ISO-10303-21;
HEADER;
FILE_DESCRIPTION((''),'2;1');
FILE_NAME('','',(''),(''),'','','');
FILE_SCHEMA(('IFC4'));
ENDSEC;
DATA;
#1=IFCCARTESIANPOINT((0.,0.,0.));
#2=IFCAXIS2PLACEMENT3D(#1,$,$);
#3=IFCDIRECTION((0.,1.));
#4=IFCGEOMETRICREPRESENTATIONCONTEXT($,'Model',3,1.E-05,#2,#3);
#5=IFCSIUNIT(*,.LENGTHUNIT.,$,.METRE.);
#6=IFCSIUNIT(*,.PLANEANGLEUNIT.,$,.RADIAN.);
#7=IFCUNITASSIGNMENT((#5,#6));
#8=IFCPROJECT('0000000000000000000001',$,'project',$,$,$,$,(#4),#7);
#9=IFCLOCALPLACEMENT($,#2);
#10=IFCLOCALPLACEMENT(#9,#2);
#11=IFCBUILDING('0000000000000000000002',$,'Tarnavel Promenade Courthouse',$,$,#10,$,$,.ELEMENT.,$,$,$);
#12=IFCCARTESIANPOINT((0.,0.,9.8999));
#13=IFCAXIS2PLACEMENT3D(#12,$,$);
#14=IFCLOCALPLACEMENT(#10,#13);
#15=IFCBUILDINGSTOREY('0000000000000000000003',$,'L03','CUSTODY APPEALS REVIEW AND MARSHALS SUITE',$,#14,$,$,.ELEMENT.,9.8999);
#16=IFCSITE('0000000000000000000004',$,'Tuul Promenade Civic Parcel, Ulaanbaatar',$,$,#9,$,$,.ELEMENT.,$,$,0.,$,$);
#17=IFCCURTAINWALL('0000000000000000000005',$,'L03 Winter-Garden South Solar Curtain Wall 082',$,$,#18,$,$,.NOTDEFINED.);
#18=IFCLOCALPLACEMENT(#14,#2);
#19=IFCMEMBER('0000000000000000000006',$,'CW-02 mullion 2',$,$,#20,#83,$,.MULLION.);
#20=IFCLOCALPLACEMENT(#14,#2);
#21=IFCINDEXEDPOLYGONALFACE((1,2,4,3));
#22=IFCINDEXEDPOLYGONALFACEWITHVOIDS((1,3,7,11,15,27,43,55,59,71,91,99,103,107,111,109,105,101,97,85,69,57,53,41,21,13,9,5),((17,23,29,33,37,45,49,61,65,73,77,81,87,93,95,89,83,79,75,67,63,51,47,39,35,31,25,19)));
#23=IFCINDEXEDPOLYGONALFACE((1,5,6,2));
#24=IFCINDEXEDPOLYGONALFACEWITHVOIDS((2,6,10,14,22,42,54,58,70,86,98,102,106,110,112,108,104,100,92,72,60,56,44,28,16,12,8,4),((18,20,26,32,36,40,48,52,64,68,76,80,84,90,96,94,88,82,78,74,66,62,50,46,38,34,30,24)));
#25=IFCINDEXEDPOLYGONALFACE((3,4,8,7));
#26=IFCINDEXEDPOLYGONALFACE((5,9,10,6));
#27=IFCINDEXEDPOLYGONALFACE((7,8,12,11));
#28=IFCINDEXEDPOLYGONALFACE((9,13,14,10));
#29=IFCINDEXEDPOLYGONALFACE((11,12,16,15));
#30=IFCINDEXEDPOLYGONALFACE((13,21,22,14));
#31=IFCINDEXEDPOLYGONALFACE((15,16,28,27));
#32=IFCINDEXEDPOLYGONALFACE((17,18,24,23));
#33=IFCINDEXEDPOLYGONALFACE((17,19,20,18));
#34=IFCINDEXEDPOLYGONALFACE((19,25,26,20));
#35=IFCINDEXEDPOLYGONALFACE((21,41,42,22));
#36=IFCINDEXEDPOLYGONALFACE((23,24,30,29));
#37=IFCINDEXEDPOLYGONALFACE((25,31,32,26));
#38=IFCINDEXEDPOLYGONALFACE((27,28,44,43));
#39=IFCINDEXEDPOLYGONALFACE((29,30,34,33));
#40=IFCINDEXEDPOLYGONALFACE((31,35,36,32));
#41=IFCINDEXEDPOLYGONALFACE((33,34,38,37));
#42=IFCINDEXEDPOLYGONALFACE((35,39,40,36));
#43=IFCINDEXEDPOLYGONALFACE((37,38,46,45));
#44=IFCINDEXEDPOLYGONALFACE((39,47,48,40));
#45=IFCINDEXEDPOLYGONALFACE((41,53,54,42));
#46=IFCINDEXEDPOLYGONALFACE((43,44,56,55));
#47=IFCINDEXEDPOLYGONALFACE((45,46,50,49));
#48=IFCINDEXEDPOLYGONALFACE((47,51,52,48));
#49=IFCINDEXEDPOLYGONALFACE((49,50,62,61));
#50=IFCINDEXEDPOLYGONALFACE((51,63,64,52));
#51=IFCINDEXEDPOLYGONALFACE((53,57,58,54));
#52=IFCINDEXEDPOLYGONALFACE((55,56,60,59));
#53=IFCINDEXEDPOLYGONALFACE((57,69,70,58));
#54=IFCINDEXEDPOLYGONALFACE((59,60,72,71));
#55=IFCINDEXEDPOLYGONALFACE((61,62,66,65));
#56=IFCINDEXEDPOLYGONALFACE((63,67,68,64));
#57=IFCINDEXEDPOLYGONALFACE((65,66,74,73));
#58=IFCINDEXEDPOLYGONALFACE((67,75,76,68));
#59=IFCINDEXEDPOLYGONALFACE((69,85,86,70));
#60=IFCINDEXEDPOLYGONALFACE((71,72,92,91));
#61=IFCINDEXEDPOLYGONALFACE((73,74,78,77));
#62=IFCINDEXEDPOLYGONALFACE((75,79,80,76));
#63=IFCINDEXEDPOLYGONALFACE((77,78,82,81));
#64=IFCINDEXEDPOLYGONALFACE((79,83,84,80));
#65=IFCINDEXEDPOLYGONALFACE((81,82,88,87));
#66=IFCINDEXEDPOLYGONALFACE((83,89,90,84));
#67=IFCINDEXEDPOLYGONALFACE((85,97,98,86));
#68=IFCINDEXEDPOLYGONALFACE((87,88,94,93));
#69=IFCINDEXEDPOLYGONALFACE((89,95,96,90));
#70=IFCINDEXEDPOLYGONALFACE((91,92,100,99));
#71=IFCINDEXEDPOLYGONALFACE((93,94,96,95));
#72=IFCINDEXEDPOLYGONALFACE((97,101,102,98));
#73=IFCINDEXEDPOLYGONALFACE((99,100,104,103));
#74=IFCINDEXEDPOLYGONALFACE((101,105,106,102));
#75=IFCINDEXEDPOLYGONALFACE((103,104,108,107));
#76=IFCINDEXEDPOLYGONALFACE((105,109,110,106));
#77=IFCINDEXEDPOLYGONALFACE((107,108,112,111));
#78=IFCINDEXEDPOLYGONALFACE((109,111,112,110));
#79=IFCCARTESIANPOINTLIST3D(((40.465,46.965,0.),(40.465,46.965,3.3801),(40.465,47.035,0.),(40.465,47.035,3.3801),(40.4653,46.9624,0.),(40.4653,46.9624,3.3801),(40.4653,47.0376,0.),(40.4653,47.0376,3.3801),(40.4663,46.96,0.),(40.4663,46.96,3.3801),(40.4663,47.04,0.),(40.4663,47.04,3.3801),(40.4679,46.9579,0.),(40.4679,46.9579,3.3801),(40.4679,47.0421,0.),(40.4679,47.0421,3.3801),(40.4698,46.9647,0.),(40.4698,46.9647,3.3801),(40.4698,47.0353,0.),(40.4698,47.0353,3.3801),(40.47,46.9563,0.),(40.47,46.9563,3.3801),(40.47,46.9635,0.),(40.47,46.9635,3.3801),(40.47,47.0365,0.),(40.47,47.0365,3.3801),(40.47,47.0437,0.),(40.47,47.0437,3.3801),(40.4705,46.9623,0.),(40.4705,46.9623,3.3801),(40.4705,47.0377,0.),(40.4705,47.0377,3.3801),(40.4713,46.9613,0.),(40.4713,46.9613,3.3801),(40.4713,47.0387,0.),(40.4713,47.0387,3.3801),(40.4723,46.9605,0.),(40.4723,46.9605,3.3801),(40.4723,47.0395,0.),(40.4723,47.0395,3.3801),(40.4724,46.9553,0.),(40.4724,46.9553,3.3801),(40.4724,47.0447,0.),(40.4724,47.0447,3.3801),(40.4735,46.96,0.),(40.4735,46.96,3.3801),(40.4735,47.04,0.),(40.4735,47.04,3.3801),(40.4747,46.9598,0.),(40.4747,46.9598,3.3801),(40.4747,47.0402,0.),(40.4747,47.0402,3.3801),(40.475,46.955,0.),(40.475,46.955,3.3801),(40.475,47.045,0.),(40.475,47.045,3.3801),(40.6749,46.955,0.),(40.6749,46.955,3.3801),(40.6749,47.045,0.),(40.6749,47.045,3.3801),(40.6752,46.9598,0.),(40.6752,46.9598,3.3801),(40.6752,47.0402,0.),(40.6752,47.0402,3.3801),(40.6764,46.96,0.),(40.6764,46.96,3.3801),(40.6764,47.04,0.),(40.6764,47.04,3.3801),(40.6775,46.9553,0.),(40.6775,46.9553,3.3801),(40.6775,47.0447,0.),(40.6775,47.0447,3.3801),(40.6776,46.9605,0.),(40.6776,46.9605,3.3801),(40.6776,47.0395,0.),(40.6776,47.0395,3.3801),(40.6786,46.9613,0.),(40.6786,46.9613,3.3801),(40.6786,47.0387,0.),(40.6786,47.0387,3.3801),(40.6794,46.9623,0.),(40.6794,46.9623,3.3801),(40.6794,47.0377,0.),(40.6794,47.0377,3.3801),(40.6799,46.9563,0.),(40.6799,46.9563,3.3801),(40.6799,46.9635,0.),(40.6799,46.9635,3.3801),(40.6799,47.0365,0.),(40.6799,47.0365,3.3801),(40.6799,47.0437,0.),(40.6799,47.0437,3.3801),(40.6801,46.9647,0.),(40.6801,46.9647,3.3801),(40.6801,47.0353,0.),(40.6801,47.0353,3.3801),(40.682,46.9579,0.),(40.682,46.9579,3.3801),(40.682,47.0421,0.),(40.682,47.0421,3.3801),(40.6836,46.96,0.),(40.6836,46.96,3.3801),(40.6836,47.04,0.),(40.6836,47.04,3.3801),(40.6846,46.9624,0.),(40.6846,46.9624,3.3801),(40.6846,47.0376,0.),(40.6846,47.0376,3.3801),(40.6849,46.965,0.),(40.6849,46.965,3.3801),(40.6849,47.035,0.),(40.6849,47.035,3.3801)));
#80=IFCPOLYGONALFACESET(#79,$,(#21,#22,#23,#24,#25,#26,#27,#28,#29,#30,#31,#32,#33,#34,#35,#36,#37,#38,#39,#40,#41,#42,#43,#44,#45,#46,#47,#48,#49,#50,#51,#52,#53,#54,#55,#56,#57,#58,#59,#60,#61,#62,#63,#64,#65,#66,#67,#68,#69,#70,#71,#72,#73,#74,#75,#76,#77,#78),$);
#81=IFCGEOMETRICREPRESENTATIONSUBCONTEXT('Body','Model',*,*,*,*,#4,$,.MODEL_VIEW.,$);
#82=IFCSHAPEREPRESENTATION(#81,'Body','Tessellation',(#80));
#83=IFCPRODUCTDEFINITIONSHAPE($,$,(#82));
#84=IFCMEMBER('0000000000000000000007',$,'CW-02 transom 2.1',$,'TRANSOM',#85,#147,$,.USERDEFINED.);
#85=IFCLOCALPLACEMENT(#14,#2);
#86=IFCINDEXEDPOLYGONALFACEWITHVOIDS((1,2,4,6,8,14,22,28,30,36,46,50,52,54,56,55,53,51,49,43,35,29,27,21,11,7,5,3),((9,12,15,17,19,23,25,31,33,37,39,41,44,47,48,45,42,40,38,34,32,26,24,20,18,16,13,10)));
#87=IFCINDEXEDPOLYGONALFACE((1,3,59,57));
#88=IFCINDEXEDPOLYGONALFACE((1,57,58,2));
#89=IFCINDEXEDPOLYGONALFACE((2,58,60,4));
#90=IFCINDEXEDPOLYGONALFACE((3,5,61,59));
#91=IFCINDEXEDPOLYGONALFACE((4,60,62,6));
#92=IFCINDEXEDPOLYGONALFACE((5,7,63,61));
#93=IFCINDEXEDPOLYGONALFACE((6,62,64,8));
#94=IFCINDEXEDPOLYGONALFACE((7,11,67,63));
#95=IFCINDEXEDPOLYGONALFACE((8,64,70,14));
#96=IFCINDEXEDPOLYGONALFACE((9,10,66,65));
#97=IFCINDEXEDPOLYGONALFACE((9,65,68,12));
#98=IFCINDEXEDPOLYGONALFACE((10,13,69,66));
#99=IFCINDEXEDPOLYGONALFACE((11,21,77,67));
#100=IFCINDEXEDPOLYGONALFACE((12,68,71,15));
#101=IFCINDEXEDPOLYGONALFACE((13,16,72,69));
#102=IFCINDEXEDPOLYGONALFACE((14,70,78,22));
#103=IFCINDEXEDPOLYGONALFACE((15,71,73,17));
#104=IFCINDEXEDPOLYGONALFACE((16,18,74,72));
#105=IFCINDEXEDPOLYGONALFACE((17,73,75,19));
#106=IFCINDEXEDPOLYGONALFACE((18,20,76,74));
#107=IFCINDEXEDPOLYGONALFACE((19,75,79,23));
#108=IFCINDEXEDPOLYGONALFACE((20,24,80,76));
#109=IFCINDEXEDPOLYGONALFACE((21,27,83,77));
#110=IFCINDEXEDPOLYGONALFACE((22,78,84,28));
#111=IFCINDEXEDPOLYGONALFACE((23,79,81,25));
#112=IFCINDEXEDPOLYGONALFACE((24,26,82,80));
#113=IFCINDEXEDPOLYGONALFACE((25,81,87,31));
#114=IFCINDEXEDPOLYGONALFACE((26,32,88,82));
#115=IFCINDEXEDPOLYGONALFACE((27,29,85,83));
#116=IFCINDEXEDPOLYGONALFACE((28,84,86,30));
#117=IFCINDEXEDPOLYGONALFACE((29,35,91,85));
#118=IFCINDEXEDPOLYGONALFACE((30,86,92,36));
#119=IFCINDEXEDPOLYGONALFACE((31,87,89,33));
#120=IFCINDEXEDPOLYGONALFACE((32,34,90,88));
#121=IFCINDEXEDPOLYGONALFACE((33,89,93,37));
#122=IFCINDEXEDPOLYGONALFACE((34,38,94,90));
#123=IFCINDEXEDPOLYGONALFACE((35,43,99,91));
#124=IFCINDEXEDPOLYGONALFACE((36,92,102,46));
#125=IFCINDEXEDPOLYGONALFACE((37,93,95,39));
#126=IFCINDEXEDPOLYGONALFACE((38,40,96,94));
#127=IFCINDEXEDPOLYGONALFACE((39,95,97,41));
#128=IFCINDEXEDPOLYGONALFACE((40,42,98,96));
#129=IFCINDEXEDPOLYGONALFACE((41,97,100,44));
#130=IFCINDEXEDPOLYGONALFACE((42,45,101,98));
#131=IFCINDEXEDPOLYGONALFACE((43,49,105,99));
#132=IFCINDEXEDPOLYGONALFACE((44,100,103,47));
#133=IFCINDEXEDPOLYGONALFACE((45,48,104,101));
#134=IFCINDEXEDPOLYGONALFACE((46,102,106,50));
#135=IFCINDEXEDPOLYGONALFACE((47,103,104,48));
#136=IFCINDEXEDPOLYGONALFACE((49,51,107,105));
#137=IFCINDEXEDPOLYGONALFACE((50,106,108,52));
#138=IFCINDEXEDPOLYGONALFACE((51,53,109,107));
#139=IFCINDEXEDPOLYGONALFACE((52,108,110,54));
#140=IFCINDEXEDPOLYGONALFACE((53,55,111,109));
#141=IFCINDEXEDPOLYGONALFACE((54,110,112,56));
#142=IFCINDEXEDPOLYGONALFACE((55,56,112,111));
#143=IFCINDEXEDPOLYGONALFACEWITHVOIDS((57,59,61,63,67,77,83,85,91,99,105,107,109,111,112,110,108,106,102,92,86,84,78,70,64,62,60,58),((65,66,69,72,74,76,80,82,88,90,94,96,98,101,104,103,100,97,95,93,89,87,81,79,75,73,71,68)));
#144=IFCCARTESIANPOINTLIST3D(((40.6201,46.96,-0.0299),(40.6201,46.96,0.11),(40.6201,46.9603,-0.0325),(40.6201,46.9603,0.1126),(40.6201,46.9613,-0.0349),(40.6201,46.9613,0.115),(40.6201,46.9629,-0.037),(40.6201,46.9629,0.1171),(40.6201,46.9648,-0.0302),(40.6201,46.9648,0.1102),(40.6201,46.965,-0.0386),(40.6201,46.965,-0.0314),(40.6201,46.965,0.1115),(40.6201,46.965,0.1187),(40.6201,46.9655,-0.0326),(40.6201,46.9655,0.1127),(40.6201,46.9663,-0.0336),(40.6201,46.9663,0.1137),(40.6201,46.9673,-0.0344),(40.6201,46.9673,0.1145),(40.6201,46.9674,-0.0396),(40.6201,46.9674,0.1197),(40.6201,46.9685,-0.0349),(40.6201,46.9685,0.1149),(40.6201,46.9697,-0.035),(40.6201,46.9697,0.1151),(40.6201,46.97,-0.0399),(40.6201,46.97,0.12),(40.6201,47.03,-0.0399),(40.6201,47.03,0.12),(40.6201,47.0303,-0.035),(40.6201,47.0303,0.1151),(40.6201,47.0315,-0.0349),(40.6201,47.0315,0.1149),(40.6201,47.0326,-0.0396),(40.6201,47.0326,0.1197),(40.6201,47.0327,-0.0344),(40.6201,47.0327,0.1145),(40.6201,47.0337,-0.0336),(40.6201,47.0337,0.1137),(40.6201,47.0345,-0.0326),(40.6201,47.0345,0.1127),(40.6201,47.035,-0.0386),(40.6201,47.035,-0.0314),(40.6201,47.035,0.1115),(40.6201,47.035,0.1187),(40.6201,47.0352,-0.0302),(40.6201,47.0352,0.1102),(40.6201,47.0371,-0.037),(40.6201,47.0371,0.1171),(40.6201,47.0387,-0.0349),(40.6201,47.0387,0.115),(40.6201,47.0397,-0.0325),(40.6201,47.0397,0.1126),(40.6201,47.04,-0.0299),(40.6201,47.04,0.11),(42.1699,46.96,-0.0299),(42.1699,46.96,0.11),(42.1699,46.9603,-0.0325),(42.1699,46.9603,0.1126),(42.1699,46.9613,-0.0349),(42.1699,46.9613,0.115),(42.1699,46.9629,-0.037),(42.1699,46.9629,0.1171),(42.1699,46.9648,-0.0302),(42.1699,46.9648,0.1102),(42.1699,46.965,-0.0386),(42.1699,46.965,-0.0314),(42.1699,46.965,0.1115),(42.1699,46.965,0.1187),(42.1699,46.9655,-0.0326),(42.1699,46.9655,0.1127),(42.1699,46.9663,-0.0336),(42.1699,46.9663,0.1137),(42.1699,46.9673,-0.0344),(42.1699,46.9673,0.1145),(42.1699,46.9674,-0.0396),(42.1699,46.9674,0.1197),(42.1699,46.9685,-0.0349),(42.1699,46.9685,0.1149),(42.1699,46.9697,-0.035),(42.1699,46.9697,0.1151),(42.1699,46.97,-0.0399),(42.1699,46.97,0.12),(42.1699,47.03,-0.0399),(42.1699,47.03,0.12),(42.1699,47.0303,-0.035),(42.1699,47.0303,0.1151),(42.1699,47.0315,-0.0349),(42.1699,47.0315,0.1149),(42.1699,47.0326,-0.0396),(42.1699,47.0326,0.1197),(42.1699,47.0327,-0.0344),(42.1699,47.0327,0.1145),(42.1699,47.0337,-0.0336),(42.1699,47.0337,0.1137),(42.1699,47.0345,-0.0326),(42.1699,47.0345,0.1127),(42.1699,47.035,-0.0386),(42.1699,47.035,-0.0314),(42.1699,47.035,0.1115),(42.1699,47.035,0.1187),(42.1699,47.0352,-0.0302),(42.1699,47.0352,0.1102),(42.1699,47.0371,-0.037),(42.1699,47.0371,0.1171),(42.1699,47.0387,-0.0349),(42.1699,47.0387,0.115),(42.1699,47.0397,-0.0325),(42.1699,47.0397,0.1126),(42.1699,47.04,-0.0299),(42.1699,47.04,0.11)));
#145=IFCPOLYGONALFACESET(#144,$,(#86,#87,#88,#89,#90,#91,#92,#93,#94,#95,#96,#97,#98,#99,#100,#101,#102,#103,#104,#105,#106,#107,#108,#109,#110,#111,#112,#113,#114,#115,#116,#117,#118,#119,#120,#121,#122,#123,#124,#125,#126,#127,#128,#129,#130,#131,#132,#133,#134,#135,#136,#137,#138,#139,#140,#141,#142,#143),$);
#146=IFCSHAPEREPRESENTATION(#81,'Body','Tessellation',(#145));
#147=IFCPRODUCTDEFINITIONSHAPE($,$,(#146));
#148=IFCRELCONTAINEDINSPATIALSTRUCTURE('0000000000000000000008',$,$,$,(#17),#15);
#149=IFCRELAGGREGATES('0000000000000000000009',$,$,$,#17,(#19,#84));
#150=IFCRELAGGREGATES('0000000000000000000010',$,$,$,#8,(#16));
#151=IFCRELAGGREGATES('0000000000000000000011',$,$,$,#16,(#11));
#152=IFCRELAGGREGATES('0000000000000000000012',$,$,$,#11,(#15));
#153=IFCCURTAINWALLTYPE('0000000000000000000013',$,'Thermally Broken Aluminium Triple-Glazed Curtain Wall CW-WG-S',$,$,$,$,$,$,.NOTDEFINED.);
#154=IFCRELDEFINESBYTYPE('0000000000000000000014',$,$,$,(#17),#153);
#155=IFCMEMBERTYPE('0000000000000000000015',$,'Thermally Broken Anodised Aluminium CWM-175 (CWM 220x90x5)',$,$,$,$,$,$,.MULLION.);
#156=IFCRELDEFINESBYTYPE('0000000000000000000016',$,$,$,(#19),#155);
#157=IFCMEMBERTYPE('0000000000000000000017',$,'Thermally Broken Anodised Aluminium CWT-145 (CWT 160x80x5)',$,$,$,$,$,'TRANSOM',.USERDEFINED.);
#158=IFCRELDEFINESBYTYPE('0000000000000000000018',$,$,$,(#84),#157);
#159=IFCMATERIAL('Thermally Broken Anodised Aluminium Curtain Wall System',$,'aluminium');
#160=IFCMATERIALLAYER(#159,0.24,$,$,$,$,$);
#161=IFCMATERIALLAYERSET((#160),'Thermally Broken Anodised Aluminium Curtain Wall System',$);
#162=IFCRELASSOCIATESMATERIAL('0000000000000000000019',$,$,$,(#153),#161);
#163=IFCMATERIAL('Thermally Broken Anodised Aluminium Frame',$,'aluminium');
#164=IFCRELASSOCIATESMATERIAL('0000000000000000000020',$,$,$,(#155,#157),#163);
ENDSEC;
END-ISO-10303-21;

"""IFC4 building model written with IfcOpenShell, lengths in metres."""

from ifc_helpers import new_model, si_unit, direction, frame, origin, origin_2d, place, context, subcontext, project, spatial, hollow_rectangle, extrude, material, layer, layer_set, material_profile, profile_set, type_object, element, aggregate, save


model = new_model("IFC4")

# Units and contexts
model_context = context("Model", 3, precision=1e-05, world=origin(), true_north=direction((0.0, 1.0)))
body_context = subcontext(model_context, "Body", "Model", "MODEL_VIEW")
ifc_project = project(units=[si_unit("LENGTHUNIT", "METRE"), si_unit("PLANEANGLEUNIT", "RADIAN")], contexts=[model_context])

# Site, building, storey
site_placement = place(None, origin())
site = spatial("IfcSite", under=ifc_project, at=site_placement, Name="Tuul Promenade Civic Parcel, Ulaanbaatar", CompositionType="ELEMENT", RefElevation=0.0)
building_placement = place(site_placement, origin())
building = spatial("IfcBuilding", under=site, at=building_placement, Name="Tarnavel Promenade Courthouse", CompositionType="ELEMENT")
storey_placement = place(building_placement, frame((0.0, 0.0, 9.8999)))
storey = spatial("IfcBuildingStorey", under=building, at=storey_placement, Name="L03", Description="CUSTODY APPEALS REVIEW AND MARSHALS SUITE", CompositionType="ELEMENT", Elevation=9.8999)

# Curtain wall, members
ifc_material_1 = material(Name="Thermally Broken Anodised Aluminium Curtain Wall System", Category="aluminium")
ifc_layer_1 = layer(ifc_material_1, 0.24)
ifc_layer_set_1 = layer_set([ifc_layer_1], Name="Thermally Broken Anodised Aluminium Curtain Wall System")
curtain_wall_type = type_object("IfcCurtainWallType", Name="Thermally Broken Aluminium Triple-Glazed Curtain Wall CW-WG-S", PredefinedType="NOTDEFINED", material=ifc_layer_set_1)
curtain_wall_placement = place(storey_placement, origin())
curtain_wall = element("IfcCurtainWall", 1, at=curtain_wall_placement, inside=storey, type_object=curtain_wall_type, Name="L03 Winter-Garden South Solar Curtain Wall 082", PredefinedType="NOTDEFINED")
ifc_material_2 = material(Name="Thermally Broken Anodised Aluminium Frame", Category="aluminium")
ifc_material_profile_1 = material_profile(ifc_material_2, hollow_rectangle(XDim=0.0901, YDim=0.22, WallThickness=0.0049, InnerFilletRadius=0.0049, OuterFilletRadius=0.01, at=origin_2d()), Name="CWM 220x90x5")
ifc_profile_set_1 = profile_set([ifc_material_profile_1], Name="Thermally Broken Anodised Aluminium Frame")
member_type_1 = type_object("IfcMemberType", Name="Thermally Broken Anodised Aluminium CWM-175 (CWM 220x90x5)", PredefinedType="MULLION", material=ifc_profile_set_1)
member_1_placement = place(storey_placement, frame((40.575, 47.0, 0.0), z_axis=(0.0, 0.0, 1.0), x_axis=(0.0, 1.0, 0.0)))
member_1 = element("IfcMember", 2, at=member_1_placement, type_object=member_type_1, Name="CW-02 mullion 2", PredefinedType="MULLION", context=body_context, shape_type="SweptSolid", body=[
    extrude(hollow_rectangle(XDim=0.0901, YDim=0.22, WallThickness=0.0049, InnerFilletRadius=0.0049, OuterFilletRadius=0.01, at=origin_2d()), origin(), (0.0, 0.0, 1.0), 3.3801),
])
ifc_material_profile_2 = material_profile(ifc_material_2, hollow_rectangle(XDim=0.0801, YDim=0.1599, WallThickness=0.0049, InnerFilletRadius=0.0049, OuterFilletRadius=0.01, at=origin_2d()), Name="CWT 160x80x5")
ifc_profile_set_2 = profile_set([ifc_material_profile_2], Name="Thermally Broken Anodised Aluminium Frame")
member_type_2 = type_object("IfcMemberType", Name="Thermally Broken Anodised Aluminium CWT-145 (CWT 160x80x5)", ElementType="TRANSOM", PredefinedType="USERDEFINED", material=ifc_profile_set_2)
member_2_placement = place(storey_placement, frame((40.6201, 47.0, 0.04), z_axis=(1.0, 0.0, 0.0), x_axis=(0.0, 1.0, 0.0)))
member_2 = element("IfcMember", 3, at=member_2_placement, type_object=member_type_2, Name="CW-02 transom 2.1", ObjectType="TRANSOM", PredefinedType="USERDEFINED", context=body_context, shape_type="SweptSolid", body=[
    extrude(hollow_rectangle(XDim=0.0801, YDim=0.1599, WallThickness=0.0049, InnerFilletRadius=0.0049, OuterFilletRadius=0.01, at=origin_2d()), origin(), (0.0, 0.0, 1.0), 1.5498),
])

aggregate(curtain_wall, [member_1, member_2])

save(model, "model.ifc")
